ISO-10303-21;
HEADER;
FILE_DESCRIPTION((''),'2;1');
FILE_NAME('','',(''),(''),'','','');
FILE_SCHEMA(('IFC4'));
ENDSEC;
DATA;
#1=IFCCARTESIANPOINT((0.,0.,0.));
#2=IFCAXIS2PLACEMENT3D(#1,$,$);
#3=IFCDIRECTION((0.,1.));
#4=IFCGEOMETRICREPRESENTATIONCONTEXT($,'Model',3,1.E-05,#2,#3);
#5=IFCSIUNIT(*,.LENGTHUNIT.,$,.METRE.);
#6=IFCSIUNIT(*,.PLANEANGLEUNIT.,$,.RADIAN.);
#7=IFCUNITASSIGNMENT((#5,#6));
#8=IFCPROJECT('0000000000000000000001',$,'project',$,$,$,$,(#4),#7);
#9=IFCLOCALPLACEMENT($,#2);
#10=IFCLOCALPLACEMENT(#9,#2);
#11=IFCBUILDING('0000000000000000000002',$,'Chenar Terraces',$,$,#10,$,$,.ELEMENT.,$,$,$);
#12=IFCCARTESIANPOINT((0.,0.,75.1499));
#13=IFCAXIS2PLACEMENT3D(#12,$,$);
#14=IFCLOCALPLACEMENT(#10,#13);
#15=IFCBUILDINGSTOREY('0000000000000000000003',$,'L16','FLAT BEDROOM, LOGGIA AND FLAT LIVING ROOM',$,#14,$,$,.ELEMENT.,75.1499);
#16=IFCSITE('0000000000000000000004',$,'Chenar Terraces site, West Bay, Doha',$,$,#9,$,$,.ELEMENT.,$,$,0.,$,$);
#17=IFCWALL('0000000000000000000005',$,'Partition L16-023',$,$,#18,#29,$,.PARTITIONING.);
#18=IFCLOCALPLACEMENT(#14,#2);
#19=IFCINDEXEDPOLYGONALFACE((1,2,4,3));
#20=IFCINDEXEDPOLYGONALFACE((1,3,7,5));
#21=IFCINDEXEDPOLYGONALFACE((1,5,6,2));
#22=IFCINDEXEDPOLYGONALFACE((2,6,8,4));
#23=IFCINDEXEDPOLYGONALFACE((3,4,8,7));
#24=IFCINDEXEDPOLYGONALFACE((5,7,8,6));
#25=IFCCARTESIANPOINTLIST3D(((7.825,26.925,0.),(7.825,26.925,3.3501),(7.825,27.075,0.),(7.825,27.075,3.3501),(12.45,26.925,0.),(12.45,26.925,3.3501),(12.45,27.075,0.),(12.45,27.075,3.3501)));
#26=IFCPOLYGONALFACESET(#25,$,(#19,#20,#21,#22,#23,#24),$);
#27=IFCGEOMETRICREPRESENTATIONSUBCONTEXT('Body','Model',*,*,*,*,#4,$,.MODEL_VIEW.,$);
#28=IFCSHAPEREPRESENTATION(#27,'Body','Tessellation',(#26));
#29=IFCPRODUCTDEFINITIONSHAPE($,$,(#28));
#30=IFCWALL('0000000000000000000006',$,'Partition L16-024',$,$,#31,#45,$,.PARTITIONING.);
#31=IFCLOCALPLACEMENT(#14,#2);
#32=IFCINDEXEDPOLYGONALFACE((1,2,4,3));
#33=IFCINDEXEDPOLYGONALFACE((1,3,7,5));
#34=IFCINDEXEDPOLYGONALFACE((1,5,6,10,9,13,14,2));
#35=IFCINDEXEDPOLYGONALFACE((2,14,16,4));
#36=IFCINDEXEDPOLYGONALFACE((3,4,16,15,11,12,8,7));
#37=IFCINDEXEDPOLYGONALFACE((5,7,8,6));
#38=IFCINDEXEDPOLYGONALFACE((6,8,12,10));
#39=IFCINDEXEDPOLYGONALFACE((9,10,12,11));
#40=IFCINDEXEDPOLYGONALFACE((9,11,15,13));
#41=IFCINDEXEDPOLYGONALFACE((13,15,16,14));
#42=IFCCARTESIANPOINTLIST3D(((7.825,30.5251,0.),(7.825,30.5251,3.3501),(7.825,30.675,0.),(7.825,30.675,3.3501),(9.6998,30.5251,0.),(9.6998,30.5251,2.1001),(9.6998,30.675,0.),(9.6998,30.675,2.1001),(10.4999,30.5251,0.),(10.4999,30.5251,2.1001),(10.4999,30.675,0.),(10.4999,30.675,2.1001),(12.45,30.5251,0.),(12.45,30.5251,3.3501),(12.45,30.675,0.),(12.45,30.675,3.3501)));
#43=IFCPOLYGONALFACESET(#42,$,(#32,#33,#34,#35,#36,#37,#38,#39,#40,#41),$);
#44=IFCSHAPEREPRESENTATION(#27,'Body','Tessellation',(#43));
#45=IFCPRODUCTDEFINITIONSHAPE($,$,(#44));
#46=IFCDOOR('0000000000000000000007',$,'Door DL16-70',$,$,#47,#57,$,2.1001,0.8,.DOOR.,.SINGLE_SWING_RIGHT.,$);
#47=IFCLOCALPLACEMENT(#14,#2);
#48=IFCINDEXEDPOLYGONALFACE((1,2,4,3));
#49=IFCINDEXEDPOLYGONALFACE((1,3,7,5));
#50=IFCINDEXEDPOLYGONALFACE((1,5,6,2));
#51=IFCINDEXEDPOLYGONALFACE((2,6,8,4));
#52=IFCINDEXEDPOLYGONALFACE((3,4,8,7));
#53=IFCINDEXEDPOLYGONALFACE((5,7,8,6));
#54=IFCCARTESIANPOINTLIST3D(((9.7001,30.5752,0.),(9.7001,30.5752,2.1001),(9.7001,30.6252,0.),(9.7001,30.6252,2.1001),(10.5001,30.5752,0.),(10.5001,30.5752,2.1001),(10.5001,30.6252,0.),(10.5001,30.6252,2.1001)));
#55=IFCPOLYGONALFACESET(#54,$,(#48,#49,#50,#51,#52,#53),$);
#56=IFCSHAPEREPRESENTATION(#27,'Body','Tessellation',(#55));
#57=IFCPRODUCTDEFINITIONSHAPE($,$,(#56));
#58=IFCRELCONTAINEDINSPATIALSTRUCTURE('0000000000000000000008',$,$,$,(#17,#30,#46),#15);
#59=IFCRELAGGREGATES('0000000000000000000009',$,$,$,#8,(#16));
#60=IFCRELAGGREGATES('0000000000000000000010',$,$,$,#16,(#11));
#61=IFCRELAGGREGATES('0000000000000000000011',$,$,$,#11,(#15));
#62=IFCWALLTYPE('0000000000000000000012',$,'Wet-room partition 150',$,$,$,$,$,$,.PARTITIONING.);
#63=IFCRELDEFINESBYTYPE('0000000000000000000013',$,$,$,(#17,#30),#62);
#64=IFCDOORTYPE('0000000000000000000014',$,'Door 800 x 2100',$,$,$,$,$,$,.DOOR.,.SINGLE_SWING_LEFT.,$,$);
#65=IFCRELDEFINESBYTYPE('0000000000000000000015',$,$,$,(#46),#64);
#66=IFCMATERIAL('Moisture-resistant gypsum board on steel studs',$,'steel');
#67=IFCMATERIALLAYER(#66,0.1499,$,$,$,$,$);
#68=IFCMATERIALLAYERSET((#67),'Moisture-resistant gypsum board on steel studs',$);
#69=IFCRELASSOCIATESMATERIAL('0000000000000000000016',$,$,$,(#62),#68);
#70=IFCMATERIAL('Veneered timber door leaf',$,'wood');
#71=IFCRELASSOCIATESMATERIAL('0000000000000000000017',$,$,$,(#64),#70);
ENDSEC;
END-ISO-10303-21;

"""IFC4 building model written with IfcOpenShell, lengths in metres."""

from ifc_helpers import new_model, si_unit, direction, frame, frame_2d, origin, place, context, subcontext, project, spatial, rectangle, extrude, material, layer, layer_set, type_object, element, fill, save


model = new_model("IFC4")

# Units and contexts
model_context = context("Model", 3, precision=1e-05, world=origin(), true_north=direction((0.0, 1.0)))
body_context = subcontext(model_context, "Body", "Model", "MODEL_VIEW")
ifc_project = project(units=[si_unit("LENGTHUNIT", "METRE"), si_unit("PLANEANGLEUNIT", "RADIAN")], contexts=[model_context])

# Site, building, storey
site_placement = place(None, origin())
site = spatial("IfcSite", under=ifc_project, at=site_placement, Name="Chenar Terraces site, West Bay, Doha", CompositionType="ELEMENT", RefElevation=0.0)
building_placement = place(site_placement, origin())
building = spatial("IfcBuilding", under=site, at=building_placement, Name="Chenar Terraces", CompositionType="ELEMENT")
storey_placement = place(building_placement, frame((0.0, 0.0, 75.1499)))
storey = spatial("IfcBuildingStorey", under=building, at=storey_placement, Name="L16", Description="FLAT BEDROOM, LOGGIA AND FLAT LIVING ROOM", CompositionType="ELEMENT", Elevation=75.1499)

# Wall
ifc_material_1 = material(Name="Moisture-resistant gypsum board on steel studs", Category="steel")
ifc_layer_1 = layer(ifc_material_1, 0.1499)
ifc_layer_set_1 = layer_set([ifc_layer_1], Name="Moisture-resistant gypsum board on steel studs")
wall_type_1 = type_object("IfcWallType", Name="Wet-room partition 150", PredefinedType="PARTITIONING", material=ifc_layer_set_1)
wall_1_placement = place(storey_placement, frame((7.825, 27.0, 0.0), z_axis=(0.0, 0.0, 1.0), x_axis=(1.0, 0.0, 0.0)))
element("IfcWall", 1, at=wall_1_placement, inside=storey, type_object=wall_type_1, Name="Partition L16-023", PredefinedType="PARTITIONING", context=body_context, shape_type="SweptSolid", body=[
    extrude(rectangle(XDim=4.625, YDim=0.1499, at=frame_2d((2.3125, 0.0))), origin(), (0.0, 0.0, 1.0), 3.3501),
])

# Wall, opening, door
wall_2_placement = place(storey_placement, frame((7.825, 30.6001, 0.0), z_axis=(0.0, 0.0, 1.0), x_axis=(1.0, 0.0, 0.0)))
wall_2 = element("IfcWall", 2, at=wall_2_placement, inside=storey, type_object=wall_type_1, Name="Partition L16-024", PredefinedType="PARTITIONING", context=body_context, shape_type="SweptSolid", body=[
    extrude(rectangle(XDim=4.625, YDim=0.1499, at=frame_2d((2.3125, 0.0))), origin(), (0.0, 0.0, 1.0), 3.3501),
])
opening_1_placement = place(wall_2_placement, frame((1.875, 0.0, 0.0)))
opening_1 = element("IfcOpeningElement", 3, at=opening_1_placement, cuts=wall_2, PredefinedType="OPENING", context=body_context, shape_type="SweptSolid", body=[
    extrude(rectangle(XDim=0.8, YDim=2.1001, at=frame_2d((0.3999, 1.05))), frame((0.0, 0.085, 0.0), z_axis=(0.0, -1.0, 0.0), x_axis=(1.0, 0.0, 0.0)), (0.0, 0.0, 1.0), 0.1699),
])
ifc_material_2 = material(Name="Veneered timber door leaf", Category="wood")
door_type_1 = type_object("IfcDoorType", Name="Door 800 x 2100", OperationType="SINGLE_SWING_LEFT", PredefinedType="DOOR", material=ifc_material_2)
door_1_placement = place(opening_1_placement, frame((0.8, 0.0, 0.0), z_axis=(0.0, 0.0, 1.0), x_axis=(-1.0, 0.0, 0.0)))
door_1 = element("IfcDoor", 4, at=door_1_placement, inside=storey, type_object=door_type_1, Name="Door DL16-70", OperationType="SINGLE_SWING_RIGHT", OverallHeight=2.1001, OverallWidth=0.8, PredefinedType="DOOR", context=body_context, shape_type="SweptSolid", body=[
    extrude(rectangle(XDim=0.8, YDim=2.1001, at=frame_2d((0.3999, 1.05))), frame((0.0, 0.0249, 0.0), z_axis=(0.0, -1.0, 0.0), x_axis=(1.0, 0.0, 0.0)), (0.0, 0.0, 1.0), 0.05),
])
fill(opening_1, door_1)

save(model, "model.ifc")
